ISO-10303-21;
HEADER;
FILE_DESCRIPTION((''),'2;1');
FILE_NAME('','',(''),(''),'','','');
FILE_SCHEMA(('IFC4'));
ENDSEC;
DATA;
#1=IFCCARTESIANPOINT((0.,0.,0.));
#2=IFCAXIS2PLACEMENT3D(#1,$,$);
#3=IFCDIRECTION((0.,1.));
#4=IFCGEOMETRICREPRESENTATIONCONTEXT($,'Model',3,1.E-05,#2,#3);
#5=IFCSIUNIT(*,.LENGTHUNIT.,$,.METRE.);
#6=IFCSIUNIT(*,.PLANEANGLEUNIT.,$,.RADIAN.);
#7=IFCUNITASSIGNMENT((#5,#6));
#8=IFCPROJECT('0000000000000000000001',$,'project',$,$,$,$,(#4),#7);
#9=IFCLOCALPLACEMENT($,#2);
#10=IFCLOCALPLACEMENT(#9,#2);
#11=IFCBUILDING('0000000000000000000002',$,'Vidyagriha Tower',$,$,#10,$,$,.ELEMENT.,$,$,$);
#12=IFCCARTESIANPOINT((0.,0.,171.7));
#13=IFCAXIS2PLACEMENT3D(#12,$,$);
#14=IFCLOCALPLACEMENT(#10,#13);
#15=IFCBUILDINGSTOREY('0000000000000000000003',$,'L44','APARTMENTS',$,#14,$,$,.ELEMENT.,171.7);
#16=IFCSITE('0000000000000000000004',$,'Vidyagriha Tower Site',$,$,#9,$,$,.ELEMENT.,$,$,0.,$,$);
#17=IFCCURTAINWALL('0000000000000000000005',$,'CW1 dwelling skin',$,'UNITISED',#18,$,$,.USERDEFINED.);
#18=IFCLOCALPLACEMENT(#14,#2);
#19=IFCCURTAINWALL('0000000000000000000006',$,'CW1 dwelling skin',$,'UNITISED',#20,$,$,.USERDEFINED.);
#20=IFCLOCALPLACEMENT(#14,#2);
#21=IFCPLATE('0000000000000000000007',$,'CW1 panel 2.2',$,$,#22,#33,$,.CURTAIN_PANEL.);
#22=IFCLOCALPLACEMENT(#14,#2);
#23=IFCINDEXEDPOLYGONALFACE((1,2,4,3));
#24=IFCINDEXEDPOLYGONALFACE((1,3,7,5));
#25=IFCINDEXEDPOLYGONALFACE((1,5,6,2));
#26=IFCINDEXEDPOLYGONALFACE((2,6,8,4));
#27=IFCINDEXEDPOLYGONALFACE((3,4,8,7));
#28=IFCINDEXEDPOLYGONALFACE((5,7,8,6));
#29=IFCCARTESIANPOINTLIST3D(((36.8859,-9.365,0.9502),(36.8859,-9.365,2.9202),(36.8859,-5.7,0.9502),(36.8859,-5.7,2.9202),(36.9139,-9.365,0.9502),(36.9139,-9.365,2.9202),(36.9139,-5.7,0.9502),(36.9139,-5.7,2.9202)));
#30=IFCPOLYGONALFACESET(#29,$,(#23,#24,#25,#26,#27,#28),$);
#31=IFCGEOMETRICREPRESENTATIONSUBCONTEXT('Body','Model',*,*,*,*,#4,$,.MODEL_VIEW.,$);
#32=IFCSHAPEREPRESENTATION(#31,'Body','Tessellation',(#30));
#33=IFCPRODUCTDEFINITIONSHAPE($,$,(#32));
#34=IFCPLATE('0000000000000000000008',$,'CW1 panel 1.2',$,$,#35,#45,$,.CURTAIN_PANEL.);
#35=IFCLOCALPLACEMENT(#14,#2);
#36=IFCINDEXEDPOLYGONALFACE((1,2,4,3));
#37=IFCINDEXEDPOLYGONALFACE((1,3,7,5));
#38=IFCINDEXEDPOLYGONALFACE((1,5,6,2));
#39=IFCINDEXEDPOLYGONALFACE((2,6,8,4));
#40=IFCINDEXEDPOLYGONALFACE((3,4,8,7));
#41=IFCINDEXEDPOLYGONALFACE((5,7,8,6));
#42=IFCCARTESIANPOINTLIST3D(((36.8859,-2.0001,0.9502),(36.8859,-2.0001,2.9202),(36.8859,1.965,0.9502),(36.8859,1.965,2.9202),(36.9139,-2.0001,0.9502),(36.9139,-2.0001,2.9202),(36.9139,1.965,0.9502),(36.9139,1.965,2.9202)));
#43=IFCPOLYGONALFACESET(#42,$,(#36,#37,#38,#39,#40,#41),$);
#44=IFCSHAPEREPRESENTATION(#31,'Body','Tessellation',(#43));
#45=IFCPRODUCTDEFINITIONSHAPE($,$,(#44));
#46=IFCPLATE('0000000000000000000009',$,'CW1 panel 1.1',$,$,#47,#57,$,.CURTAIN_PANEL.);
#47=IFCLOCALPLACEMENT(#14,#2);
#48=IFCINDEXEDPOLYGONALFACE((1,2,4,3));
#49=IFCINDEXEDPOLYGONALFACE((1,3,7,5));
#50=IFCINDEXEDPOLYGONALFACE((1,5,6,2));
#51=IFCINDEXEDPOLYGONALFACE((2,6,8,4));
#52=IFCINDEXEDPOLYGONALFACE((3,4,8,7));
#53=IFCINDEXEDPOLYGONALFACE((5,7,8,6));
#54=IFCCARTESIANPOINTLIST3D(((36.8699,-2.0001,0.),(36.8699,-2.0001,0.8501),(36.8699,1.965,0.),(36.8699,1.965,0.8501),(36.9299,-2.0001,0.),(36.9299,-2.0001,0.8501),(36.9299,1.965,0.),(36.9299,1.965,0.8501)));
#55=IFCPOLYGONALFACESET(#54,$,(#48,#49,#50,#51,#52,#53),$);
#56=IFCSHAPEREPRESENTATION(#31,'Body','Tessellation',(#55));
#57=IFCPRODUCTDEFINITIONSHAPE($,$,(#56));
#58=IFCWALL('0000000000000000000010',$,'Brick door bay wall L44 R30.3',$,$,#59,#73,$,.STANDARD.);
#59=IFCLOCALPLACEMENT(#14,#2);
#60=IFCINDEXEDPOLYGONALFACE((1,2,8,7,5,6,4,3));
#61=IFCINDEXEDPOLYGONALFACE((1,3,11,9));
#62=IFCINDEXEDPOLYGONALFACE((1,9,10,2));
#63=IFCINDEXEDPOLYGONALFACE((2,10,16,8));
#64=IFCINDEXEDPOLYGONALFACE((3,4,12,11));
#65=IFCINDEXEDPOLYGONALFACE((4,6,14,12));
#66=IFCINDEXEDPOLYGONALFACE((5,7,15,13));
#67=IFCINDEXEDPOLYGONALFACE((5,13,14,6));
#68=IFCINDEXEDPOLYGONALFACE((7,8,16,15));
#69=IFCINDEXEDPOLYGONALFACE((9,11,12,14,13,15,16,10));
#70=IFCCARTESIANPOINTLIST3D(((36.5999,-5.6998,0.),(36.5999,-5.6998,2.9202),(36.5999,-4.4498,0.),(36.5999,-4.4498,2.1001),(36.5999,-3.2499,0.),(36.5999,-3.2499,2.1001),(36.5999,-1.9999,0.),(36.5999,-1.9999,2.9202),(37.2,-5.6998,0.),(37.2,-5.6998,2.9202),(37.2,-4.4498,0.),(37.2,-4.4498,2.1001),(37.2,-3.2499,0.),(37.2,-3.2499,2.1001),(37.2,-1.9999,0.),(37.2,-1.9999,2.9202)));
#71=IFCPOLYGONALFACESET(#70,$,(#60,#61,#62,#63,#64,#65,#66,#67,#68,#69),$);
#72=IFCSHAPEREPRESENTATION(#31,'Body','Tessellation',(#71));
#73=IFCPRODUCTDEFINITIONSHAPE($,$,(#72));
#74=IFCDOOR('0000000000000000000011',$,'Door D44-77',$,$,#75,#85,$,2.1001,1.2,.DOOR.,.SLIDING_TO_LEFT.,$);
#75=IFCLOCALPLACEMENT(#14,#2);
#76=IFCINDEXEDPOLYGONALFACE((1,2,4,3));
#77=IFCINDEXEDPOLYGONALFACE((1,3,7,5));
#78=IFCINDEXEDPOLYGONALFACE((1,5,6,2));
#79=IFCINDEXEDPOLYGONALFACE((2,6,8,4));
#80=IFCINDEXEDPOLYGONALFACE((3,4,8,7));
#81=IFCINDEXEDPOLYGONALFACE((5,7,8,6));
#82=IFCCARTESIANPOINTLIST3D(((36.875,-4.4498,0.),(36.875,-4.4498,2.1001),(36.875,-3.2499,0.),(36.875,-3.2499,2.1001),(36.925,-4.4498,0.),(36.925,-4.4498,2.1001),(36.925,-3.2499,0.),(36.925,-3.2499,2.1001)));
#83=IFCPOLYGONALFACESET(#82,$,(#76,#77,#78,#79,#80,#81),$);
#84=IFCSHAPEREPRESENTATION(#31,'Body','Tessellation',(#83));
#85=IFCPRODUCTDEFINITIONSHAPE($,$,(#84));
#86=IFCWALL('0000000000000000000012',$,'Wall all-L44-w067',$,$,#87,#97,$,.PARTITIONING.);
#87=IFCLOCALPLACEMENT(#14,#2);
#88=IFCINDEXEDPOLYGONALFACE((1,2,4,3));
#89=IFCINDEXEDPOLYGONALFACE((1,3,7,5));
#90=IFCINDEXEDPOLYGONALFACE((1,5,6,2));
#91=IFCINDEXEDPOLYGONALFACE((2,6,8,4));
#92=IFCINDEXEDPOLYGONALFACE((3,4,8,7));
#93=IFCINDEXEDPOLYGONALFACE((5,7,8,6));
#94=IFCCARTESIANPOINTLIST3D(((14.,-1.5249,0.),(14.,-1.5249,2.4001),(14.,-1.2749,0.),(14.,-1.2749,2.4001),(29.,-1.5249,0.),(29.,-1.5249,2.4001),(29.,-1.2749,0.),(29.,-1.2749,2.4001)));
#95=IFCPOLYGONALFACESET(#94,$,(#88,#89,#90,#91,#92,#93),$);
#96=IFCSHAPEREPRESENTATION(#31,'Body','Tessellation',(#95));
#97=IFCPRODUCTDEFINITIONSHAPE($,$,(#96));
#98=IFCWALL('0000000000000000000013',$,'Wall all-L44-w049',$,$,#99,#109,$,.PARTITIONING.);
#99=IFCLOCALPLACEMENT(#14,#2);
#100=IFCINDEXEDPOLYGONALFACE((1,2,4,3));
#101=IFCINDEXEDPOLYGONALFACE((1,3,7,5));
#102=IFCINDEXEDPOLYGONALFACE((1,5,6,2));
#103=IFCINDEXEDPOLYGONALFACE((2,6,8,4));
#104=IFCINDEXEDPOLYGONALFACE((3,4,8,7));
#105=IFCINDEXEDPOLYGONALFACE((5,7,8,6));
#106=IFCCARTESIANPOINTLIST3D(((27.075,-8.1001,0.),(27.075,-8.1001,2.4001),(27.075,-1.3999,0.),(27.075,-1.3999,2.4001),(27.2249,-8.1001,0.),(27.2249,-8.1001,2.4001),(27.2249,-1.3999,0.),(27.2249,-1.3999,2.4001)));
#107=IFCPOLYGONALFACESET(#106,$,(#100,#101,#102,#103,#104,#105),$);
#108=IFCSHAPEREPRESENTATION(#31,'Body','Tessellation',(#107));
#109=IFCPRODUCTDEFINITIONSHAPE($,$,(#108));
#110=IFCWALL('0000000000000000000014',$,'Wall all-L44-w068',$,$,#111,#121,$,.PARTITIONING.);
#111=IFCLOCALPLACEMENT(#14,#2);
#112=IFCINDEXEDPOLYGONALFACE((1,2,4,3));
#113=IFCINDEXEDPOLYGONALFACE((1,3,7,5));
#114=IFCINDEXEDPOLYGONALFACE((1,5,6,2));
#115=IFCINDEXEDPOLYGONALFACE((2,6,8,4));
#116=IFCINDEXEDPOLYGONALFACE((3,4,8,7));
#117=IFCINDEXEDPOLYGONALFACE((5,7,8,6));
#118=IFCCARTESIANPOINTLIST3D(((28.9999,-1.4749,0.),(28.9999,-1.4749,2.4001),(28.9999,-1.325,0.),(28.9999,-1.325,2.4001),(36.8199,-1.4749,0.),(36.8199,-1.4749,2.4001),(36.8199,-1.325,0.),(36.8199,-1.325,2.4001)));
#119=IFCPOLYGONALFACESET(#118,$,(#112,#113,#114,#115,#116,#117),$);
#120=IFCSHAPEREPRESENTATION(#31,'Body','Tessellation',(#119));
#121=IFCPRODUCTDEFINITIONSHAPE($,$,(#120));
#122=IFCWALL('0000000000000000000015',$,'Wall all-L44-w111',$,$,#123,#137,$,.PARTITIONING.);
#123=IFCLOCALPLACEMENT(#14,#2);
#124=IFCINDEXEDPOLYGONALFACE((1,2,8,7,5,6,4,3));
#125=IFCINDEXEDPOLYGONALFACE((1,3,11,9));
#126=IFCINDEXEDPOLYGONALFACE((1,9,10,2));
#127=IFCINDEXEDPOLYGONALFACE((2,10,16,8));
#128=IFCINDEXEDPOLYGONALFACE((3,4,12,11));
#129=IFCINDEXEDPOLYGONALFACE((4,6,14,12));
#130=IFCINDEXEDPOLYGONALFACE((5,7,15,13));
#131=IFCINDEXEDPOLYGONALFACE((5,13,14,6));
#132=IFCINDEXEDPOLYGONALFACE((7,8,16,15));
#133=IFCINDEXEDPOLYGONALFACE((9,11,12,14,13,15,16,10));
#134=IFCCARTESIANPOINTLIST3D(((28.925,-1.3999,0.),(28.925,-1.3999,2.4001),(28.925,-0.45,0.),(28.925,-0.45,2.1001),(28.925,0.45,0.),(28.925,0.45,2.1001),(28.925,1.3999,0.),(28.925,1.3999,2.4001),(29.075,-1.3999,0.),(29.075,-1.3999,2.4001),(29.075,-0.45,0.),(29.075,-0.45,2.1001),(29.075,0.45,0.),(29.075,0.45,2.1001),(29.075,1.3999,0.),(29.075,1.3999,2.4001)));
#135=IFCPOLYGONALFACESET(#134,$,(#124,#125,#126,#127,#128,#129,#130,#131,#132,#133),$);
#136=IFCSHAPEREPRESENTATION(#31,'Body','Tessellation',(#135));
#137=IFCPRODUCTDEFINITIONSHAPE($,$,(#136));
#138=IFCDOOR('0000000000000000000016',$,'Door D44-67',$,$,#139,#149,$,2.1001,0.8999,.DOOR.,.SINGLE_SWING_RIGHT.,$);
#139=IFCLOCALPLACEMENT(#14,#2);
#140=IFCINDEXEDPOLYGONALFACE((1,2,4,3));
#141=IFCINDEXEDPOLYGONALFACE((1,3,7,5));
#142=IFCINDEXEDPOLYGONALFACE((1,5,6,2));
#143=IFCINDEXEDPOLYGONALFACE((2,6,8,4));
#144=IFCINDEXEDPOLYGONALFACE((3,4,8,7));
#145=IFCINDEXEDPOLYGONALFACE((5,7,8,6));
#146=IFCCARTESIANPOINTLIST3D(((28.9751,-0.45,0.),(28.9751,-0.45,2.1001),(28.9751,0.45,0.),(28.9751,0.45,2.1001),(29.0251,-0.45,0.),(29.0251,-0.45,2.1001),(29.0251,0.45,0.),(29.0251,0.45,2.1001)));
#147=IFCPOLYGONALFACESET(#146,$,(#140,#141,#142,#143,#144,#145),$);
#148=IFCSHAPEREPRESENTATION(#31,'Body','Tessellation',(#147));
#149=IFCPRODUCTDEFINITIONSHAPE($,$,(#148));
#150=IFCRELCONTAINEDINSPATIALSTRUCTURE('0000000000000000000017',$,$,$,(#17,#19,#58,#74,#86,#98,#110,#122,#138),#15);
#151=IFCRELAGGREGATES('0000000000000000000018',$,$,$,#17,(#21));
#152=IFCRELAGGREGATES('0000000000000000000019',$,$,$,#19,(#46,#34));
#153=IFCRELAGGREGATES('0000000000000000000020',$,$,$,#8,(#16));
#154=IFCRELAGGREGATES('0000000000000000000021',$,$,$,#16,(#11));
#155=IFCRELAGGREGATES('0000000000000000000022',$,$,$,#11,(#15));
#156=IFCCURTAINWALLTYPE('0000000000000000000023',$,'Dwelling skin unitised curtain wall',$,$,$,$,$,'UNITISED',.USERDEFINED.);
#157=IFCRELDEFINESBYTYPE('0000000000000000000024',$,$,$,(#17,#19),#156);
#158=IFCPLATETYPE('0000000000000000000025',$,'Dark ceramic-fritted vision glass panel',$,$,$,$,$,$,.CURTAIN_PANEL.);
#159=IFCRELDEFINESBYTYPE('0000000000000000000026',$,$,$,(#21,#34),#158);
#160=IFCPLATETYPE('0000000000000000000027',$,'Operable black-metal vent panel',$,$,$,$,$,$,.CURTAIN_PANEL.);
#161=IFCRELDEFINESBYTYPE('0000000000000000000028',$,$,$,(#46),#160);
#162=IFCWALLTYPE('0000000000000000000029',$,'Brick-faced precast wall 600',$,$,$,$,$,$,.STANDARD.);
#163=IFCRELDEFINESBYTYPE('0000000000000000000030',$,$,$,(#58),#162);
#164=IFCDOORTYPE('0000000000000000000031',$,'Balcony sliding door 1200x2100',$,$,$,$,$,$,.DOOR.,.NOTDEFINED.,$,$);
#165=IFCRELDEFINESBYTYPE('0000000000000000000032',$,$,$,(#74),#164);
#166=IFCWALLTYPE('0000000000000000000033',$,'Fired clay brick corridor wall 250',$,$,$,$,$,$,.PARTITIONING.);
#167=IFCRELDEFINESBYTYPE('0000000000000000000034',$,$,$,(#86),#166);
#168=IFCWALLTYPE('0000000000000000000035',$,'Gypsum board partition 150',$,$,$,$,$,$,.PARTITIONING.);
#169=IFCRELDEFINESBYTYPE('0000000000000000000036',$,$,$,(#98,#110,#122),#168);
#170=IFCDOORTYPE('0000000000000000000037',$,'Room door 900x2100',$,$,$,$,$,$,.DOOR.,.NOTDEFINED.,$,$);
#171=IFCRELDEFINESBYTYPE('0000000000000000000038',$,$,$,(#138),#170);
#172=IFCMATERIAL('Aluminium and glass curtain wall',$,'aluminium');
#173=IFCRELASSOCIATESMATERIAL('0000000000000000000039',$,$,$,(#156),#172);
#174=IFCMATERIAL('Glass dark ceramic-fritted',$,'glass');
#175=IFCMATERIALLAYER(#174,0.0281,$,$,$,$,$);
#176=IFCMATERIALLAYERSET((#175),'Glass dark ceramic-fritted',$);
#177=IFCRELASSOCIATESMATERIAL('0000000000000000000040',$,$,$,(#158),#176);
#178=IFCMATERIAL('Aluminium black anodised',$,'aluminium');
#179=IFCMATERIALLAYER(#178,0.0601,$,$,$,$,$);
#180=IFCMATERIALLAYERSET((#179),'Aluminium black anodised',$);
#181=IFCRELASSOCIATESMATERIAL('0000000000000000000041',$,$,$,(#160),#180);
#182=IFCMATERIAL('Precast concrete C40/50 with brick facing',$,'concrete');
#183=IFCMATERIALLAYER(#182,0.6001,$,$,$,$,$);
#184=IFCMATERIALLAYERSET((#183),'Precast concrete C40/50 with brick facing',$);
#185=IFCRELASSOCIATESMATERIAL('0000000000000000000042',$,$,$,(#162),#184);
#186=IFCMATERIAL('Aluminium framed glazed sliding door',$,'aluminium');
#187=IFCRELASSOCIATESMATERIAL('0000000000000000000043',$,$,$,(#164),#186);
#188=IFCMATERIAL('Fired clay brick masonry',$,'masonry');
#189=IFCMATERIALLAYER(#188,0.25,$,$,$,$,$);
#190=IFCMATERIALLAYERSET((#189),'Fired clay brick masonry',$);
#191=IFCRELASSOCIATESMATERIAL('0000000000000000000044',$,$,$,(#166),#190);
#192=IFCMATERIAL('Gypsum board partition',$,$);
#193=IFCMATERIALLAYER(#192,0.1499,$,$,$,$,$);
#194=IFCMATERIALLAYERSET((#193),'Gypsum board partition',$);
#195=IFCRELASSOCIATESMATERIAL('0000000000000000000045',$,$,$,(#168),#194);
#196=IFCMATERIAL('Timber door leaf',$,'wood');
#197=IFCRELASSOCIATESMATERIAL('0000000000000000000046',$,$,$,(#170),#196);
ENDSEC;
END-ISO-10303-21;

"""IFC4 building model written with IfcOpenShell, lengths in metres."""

from ifc_helpers import new_model, si_unit, direction, frame, frame_2d, origin, origin_2d, place, context, subcontext, project, spatial, rectangle, extrude, material, layer, layer_set, type_object, element, fill, aggregate, save


model = new_model("IFC4")

# Units and contexts
model_context = context("Model", 3, precision=1e-05, world=origin(), true_north=direction((0.0, 1.0)))
body_context = subcontext(model_context, "Body", "Model", "MODEL_VIEW")
ifc_project = project(units=[si_unit("LENGTHUNIT", "METRE"), si_unit("PLANEANGLEUNIT", "RADIAN")], contexts=[model_context])

# Site, building, storey
site_placement = place(None, origin())
site = spatial("IfcSite", under=ifc_project, at=site_placement, Name="Vidyagriha Tower Site", CompositionType="ELEMENT", RefElevation=0.0)
building_placement = place(site_placement, origin())
building = spatial("IfcBuilding", under=site, at=building_placement, Name="Vidyagriha Tower", CompositionType="ELEMENT")
storey_placement = place(building_placement, frame((0.0, 0.0, 171.7)))
storey = spatial("IfcBuildingStorey", under=building, at=storey_placement, Name="L44", Description="APARTMENTS", CompositionType="ELEMENT", Elevation=171.7)

# Curtain wall
ifc_material_1 = material(Name="Aluminium and glass curtain wall", Category="aluminium")
curtain_wall_type = type_object("IfcCurtainWallType", Name="Dwelling skin unitised curtain wall", ElementType="UNITISED", PredefinedType="USERDEFINED", material=ifc_material_1)
curtain_wall_1_placement = place(storey_placement, origin())
curtain_wall_1 = element("IfcCurtainWall", 1, at=curtain_wall_1_placement, inside=storey, type_object=curtain_wall_type, Name="CW1 dwelling skin", ObjectType="UNITISED", PredefinedType="USERDEFINED")

# Curtain wall
curtain_wall_2_placement = place(storey_placement, origin())
curtain_wall_2 = element("IfcCurtainWall", 2, at=curtain_wall_2_placement, inside=storey, type_object=curtain_wall_type, Name="CW1 dwelling skin", ObjectType="UNITISED", PredefinedType="USERDEFINED")

# Plates
ifc_material_2 = material(Name="Glass dark ceramic-fritted", Category="glass")
ifc_layer_1 = layer(ifc_material_2, 0.0281)
ifc_layer_set_1 = layer_set([ifc_layer_1], Name="Glass dark ceramic-fritted")
plate_type_1 = type_object("IfcPlateType", Name="Dark ceramic-fritted vision glass panel", PredefinedType="CURTAIN_PANEL", material=ifc_layer_set_1)
plate_1_placement = place(storey_placement, frame((36.8999, -7.5325, 0.9502), z_axis=(0.0, 0.0, 1.0), x_axis=(0.0, 1.0, 0.0)))
plate_1 = element("IfcPlate", 3, at=plate_1_placement, type_object=plate_type_1, Name="CW1 panel 2.2", PredefinedType="CURTAIN_PANEL", context=body_context, shape_type="SweptSolid", body=[
    extrude(rectangle(XDim=3.665, YDim=0.0281, at=origin_2d()), origin(), (0.0, 0.0, 1.0), 1.97),
])
aggregate(curtain_wall_1, [plate_1])
plate_2_placement = place(storey_placement, frame((36.8999, -0.0176, 0.9502), z_axis=(0.0, 0.0, 1.0), x_axis=(0.0, 1.0, 0.0)))
plate_2 = element("IfcPlate", 4, at=plate_2_placement, type_object=plate_type_1, Name="CW1 panel 1.2", PredefinedType="CURTAIN_PANEL", context=body_context, shape_type="SweptSolid", body=[
    extrude(rectangle(XDim=3.9651, YDim=0.0281, at=origin_2d()), origin(), (0.0, 0.0, 1.0), 1.97),
])
ifc_material_3 = material(Name="Aluminium black anodised", Category="aluminium")
ifc_layer_2 = layer(ifc_material_3, 0.0601)
ifc_layer_set_2 = layer_set([ifc_layer_2], Name="Aluminium black anodised")
plate_type_2 = type_object("IfcPlateType", Name="Operable black-metal vent panel", PredefinedType="CURTAIN_PANEL", material=ifc_layer_set_2)
plate_3_placement = place(storey_placement, frame((36.8999, -0.0176, 0.0), z_axis=(0.0, 0.0, 1.0), x_axis=(0.0, 1.0, 0.0)))
plate_3 = element("IfcPlate", 5, at=plate_3_placement, type_object=plate_type_2, Name="CW1 panel 1.1", PredefinedType="CURTAIN_PANEL", context=body_context, shape_type="SweptSolid", body=[
    extrude(rectangle(XDim=3.9651, YDim=0.0601, at=origin_2d()), origin(), (0.0, 0.0, 1.0), 0.8501),
])
aggregate(curtain_wall_2, [plate_3, plate_2])

# Wall, opening, door
ifc_material_4 = material(Name="Precast concrete C40/50 with brick facing", Category="concrete")
ifc_layer_3 = layer(ifc_material_4, 0.6001)
ifc_layer_set_3 = layer_set([ifc_layer_3], Name="Precast concrete C40/50 with brick facing")
wall_type_1 = type_object("IfcWallType", Name="Brick-faced precast wall 600", PredefinedType="STANDARD", material=ifc_layer_set_3)
wall_1_placement = place(storey_placement, frame((36.8999, -5.7, 0.0), z_axis=(0.0, 0.0, 1.0), x_axis=(0.0, 1.0, 0.0)))
wall_1 = element("IfcWall", 6, at=wall_1_placement, inside=storey, type_object=wall_type_1, Name="Brick door bay wall L44 R30.3", PredefinedType="STANDARD", context=body_context, shape_type="SweptSolid", body=[
    extrude(rectangle(XDim=3.7, YDim=0.6001, at=frame_2d((1.8501, 0.0))), origin(), (0.0, 0.0, 1.0), 2.9202),
])
opening_1_placement = place(wall_1_placement, frame((1.25, 0.0, 0.0)))
opening_1 = element("IfcOpeningElement", 7, at=opening_1_placement, cuts=wall_1, PredefinedType="OPENING", context=body_context, shape_type="SweptSolid", body=[
    extrude(rectangle(XDim=1.2, YDim=2.1001, at=frame_2d((0.6001, 1.05))), frame((0.0, 0.3101, 0.0), z_axis=(0.0, -1.0, 0.0), x_axis=(1.0, 0.0, 0.0)), (0.0, 0.0, 1.0), 0.6201),
])
ifc_material_5 = material(Name="Aluminium framed glazed sliding door", Category="aluminium")
door_type_1 = type_object("IfcDoorType", Name="Balcony sliding door 1200x2100", OperationType="NOTDEFINED", PredefinedType="DOOR", material=ifc_material_5)
door_1_placement = place(opening_1_placement, origin())
door_1 = element("IfcDoor", 8, at=door_1_placement, inside=storey, type_object=door_type_1, Name="Door D44-77", OperationType="SLIDING_TO_LEFT", OverallHeight=2.1001, OverallWidth=1.2, PredefinedType="DOOR", context=body_context, shape_type="SweptSolid", body=[
    extrude(rectangle(XDim=1.2, YDim=2.1001, at=frame_2d((0.6001, 1.05))), frame((0.0, 0.0249, 0.0), z_axis=(0.0, -1.0, 0.0), x_axis=(1.0, 0.0, 0.0)), (0.0, 0.0, 1.0), 0.05),
])
fill(opening_1, door_1)

# Walls
ifc_material_6 = material(Name="Fired clay brick masonry", Category="masonry")
ifc_layer_4 = layer(ifc_material_6, 0.25)
ifc_layer_set_4 = layer_set([ifc_layer_4], Name="Fired clay brick masonry")
wall_type_2 = type_object("IfcWallType", Name="Fired clay brick corridor wall 250", PredefinedType="PARTITIONING", material=ifc_layer_set_4)
wall_2_placement = place(storey_placement, frame((29.0, -1.3999, 0.0), z_axis=(0.0, 0.0, 1.0), x_axis=(-1.0, 0.0, 0.0)))
element("IfcWall", 9, at=wall_2_placement, inside=storey, type_object=wall_type_2, Name="Wall all-L44-w067", PredefinedType="PARTITIONING", context=body_context, shape_type="SweptSolid", body=[
    extrude(rectangle(XDim=15.0, YDim=0.25, at=frame_2d((7.5, 0.0))), origin(), (0.0, 0.0, 1.0), 2.4001),
])
ifc_material_7 = material(Name="Gypsum board partition")
ifc_layer_5 = layer(ifc_material_7, 0.1499)
ifc_layer_set_5 = layer_set([ifc_layer_5], Name="Gypsum board partition")
wall_type_3 = type_object("IfcWallType", Name="Gypsum board partition 150", PredefinedType="PARTITIONING", material=ifc_layer_set_5)
wall_3_placement = place(storey_placement, frame((27.1499, -1.3999, 0.0), z_axis=(0.0, 0.0, 1.0), x_axis=(0.0, -1.0, 0.0)))
element("IfcWall", 10, at=wall_3_placement, inside=storey, type_object=wall_type_3, Name="Wall all-L44-w049", PredefinedType="PARTITIONING", context=body_context, shape_type="SweptSolid", body=[
    extrude(rectangle(XDim=6.7002, YDim=0.1499, at=frame_2d((3.3501, 0.0))), origin(), (0.0, 0.0, 1.0), 2.4001),
])
wall_4_placement = place(storey_placement, frame((36.8201, -1.3999, 0.0), z_axis=(0.0, 0.0, 1.0), x_axis=(-1.0, 0.0, 0.0)))
element("IfcWall", 11, at=wall_4_placement, inside=storey, type_object=wall_type_3, Name="Wall all-L44-w068", PredefinedType="PARTITIONING", context=body_context, shape_type="SweptSolid", body=[
    extrude(rectangle(XDim=7.8201, YDim=0.1499, at=frame_2d((3.9102, 0.0))), origin(), (0.0, 0.0, 1.0), 2.4001),
])

# Wall, opening, door
wall_5_placement = place(storey_placement, frame((29.0, -1.3999, 0.0), z_axis=(0.0, 0.0, 1.0), x_axis=(0.0, 1.0, 0.0)))
wall_5 = element("IfcWall", 12, at=wall_5_placement, inside=storey, type_object=wall_type_3, Name="Wall all-L44-w111", PredefinedType="PARTITIONING", context=body_context, shape_type="SweptSolid", body=[
    extrude(rectangle(XDim=2.7998, YDim=0.1499, at=frame_2d((1.3999, 0.0))), origin(), (0.0, 0.0, 1.0), 2.4001),
])
opening_2_placement = place(wall_5_placement, frame((0.95, 0.0, 0.0)))
opening_2 = element("IfcOpeningElement", 13, at=opening_2_placement, cuts=wall_5, PredefinedType="OPENING", context=body_context, shape_type="SweptSolid", body=[
    extrude(rectangle(XDim=0.8999, YDim=2.1001, at=frame_2d((0.45, 1.05))), frame((0.0, 0.085, 0.0), z_axis=(0.0, -1.0, 0.0), x_axis=(1.0, 0.0, 0.0)), (0.0, 0.0, 1.0), 0.1699),
])
ifc_material_8 = material(Name="Timber door leaf", Category="wood")
door_type_2 = type_object("IfcDoorType", Name="Room door 900x2100", OperationType="NOTDEFINED", PredefinedType="DOOR", material=ifc_material_8)
door_2_placement = place(opening_2_placement, origin())
door_2 = element("IfcDoor", 14, at=door_2_placement, inside=storey, type_object=door_type_2, Name="Door D44-67", OperationType="SINGLE_SWING_RIGHT", OverallHeight=2.1001, OverallWidth=0.8999, PredefinedType="DOOR", context=body_context, shape_type="SweptSolid", body=[
    extrude(rectangle(XDim=0.8999, YDim=2.1001, at=frame_2d((0.45, 1.05))), frame((0.0, 0.0249, 0.0), z_axis=(0.0, -1.0, 0.0), x_axis=(1.0, 0.0, 0.0)), (0.0, 0.0, 1.0), 0.05),
])
fill(opening_2, door_2)

save(model, "model.ifc")
